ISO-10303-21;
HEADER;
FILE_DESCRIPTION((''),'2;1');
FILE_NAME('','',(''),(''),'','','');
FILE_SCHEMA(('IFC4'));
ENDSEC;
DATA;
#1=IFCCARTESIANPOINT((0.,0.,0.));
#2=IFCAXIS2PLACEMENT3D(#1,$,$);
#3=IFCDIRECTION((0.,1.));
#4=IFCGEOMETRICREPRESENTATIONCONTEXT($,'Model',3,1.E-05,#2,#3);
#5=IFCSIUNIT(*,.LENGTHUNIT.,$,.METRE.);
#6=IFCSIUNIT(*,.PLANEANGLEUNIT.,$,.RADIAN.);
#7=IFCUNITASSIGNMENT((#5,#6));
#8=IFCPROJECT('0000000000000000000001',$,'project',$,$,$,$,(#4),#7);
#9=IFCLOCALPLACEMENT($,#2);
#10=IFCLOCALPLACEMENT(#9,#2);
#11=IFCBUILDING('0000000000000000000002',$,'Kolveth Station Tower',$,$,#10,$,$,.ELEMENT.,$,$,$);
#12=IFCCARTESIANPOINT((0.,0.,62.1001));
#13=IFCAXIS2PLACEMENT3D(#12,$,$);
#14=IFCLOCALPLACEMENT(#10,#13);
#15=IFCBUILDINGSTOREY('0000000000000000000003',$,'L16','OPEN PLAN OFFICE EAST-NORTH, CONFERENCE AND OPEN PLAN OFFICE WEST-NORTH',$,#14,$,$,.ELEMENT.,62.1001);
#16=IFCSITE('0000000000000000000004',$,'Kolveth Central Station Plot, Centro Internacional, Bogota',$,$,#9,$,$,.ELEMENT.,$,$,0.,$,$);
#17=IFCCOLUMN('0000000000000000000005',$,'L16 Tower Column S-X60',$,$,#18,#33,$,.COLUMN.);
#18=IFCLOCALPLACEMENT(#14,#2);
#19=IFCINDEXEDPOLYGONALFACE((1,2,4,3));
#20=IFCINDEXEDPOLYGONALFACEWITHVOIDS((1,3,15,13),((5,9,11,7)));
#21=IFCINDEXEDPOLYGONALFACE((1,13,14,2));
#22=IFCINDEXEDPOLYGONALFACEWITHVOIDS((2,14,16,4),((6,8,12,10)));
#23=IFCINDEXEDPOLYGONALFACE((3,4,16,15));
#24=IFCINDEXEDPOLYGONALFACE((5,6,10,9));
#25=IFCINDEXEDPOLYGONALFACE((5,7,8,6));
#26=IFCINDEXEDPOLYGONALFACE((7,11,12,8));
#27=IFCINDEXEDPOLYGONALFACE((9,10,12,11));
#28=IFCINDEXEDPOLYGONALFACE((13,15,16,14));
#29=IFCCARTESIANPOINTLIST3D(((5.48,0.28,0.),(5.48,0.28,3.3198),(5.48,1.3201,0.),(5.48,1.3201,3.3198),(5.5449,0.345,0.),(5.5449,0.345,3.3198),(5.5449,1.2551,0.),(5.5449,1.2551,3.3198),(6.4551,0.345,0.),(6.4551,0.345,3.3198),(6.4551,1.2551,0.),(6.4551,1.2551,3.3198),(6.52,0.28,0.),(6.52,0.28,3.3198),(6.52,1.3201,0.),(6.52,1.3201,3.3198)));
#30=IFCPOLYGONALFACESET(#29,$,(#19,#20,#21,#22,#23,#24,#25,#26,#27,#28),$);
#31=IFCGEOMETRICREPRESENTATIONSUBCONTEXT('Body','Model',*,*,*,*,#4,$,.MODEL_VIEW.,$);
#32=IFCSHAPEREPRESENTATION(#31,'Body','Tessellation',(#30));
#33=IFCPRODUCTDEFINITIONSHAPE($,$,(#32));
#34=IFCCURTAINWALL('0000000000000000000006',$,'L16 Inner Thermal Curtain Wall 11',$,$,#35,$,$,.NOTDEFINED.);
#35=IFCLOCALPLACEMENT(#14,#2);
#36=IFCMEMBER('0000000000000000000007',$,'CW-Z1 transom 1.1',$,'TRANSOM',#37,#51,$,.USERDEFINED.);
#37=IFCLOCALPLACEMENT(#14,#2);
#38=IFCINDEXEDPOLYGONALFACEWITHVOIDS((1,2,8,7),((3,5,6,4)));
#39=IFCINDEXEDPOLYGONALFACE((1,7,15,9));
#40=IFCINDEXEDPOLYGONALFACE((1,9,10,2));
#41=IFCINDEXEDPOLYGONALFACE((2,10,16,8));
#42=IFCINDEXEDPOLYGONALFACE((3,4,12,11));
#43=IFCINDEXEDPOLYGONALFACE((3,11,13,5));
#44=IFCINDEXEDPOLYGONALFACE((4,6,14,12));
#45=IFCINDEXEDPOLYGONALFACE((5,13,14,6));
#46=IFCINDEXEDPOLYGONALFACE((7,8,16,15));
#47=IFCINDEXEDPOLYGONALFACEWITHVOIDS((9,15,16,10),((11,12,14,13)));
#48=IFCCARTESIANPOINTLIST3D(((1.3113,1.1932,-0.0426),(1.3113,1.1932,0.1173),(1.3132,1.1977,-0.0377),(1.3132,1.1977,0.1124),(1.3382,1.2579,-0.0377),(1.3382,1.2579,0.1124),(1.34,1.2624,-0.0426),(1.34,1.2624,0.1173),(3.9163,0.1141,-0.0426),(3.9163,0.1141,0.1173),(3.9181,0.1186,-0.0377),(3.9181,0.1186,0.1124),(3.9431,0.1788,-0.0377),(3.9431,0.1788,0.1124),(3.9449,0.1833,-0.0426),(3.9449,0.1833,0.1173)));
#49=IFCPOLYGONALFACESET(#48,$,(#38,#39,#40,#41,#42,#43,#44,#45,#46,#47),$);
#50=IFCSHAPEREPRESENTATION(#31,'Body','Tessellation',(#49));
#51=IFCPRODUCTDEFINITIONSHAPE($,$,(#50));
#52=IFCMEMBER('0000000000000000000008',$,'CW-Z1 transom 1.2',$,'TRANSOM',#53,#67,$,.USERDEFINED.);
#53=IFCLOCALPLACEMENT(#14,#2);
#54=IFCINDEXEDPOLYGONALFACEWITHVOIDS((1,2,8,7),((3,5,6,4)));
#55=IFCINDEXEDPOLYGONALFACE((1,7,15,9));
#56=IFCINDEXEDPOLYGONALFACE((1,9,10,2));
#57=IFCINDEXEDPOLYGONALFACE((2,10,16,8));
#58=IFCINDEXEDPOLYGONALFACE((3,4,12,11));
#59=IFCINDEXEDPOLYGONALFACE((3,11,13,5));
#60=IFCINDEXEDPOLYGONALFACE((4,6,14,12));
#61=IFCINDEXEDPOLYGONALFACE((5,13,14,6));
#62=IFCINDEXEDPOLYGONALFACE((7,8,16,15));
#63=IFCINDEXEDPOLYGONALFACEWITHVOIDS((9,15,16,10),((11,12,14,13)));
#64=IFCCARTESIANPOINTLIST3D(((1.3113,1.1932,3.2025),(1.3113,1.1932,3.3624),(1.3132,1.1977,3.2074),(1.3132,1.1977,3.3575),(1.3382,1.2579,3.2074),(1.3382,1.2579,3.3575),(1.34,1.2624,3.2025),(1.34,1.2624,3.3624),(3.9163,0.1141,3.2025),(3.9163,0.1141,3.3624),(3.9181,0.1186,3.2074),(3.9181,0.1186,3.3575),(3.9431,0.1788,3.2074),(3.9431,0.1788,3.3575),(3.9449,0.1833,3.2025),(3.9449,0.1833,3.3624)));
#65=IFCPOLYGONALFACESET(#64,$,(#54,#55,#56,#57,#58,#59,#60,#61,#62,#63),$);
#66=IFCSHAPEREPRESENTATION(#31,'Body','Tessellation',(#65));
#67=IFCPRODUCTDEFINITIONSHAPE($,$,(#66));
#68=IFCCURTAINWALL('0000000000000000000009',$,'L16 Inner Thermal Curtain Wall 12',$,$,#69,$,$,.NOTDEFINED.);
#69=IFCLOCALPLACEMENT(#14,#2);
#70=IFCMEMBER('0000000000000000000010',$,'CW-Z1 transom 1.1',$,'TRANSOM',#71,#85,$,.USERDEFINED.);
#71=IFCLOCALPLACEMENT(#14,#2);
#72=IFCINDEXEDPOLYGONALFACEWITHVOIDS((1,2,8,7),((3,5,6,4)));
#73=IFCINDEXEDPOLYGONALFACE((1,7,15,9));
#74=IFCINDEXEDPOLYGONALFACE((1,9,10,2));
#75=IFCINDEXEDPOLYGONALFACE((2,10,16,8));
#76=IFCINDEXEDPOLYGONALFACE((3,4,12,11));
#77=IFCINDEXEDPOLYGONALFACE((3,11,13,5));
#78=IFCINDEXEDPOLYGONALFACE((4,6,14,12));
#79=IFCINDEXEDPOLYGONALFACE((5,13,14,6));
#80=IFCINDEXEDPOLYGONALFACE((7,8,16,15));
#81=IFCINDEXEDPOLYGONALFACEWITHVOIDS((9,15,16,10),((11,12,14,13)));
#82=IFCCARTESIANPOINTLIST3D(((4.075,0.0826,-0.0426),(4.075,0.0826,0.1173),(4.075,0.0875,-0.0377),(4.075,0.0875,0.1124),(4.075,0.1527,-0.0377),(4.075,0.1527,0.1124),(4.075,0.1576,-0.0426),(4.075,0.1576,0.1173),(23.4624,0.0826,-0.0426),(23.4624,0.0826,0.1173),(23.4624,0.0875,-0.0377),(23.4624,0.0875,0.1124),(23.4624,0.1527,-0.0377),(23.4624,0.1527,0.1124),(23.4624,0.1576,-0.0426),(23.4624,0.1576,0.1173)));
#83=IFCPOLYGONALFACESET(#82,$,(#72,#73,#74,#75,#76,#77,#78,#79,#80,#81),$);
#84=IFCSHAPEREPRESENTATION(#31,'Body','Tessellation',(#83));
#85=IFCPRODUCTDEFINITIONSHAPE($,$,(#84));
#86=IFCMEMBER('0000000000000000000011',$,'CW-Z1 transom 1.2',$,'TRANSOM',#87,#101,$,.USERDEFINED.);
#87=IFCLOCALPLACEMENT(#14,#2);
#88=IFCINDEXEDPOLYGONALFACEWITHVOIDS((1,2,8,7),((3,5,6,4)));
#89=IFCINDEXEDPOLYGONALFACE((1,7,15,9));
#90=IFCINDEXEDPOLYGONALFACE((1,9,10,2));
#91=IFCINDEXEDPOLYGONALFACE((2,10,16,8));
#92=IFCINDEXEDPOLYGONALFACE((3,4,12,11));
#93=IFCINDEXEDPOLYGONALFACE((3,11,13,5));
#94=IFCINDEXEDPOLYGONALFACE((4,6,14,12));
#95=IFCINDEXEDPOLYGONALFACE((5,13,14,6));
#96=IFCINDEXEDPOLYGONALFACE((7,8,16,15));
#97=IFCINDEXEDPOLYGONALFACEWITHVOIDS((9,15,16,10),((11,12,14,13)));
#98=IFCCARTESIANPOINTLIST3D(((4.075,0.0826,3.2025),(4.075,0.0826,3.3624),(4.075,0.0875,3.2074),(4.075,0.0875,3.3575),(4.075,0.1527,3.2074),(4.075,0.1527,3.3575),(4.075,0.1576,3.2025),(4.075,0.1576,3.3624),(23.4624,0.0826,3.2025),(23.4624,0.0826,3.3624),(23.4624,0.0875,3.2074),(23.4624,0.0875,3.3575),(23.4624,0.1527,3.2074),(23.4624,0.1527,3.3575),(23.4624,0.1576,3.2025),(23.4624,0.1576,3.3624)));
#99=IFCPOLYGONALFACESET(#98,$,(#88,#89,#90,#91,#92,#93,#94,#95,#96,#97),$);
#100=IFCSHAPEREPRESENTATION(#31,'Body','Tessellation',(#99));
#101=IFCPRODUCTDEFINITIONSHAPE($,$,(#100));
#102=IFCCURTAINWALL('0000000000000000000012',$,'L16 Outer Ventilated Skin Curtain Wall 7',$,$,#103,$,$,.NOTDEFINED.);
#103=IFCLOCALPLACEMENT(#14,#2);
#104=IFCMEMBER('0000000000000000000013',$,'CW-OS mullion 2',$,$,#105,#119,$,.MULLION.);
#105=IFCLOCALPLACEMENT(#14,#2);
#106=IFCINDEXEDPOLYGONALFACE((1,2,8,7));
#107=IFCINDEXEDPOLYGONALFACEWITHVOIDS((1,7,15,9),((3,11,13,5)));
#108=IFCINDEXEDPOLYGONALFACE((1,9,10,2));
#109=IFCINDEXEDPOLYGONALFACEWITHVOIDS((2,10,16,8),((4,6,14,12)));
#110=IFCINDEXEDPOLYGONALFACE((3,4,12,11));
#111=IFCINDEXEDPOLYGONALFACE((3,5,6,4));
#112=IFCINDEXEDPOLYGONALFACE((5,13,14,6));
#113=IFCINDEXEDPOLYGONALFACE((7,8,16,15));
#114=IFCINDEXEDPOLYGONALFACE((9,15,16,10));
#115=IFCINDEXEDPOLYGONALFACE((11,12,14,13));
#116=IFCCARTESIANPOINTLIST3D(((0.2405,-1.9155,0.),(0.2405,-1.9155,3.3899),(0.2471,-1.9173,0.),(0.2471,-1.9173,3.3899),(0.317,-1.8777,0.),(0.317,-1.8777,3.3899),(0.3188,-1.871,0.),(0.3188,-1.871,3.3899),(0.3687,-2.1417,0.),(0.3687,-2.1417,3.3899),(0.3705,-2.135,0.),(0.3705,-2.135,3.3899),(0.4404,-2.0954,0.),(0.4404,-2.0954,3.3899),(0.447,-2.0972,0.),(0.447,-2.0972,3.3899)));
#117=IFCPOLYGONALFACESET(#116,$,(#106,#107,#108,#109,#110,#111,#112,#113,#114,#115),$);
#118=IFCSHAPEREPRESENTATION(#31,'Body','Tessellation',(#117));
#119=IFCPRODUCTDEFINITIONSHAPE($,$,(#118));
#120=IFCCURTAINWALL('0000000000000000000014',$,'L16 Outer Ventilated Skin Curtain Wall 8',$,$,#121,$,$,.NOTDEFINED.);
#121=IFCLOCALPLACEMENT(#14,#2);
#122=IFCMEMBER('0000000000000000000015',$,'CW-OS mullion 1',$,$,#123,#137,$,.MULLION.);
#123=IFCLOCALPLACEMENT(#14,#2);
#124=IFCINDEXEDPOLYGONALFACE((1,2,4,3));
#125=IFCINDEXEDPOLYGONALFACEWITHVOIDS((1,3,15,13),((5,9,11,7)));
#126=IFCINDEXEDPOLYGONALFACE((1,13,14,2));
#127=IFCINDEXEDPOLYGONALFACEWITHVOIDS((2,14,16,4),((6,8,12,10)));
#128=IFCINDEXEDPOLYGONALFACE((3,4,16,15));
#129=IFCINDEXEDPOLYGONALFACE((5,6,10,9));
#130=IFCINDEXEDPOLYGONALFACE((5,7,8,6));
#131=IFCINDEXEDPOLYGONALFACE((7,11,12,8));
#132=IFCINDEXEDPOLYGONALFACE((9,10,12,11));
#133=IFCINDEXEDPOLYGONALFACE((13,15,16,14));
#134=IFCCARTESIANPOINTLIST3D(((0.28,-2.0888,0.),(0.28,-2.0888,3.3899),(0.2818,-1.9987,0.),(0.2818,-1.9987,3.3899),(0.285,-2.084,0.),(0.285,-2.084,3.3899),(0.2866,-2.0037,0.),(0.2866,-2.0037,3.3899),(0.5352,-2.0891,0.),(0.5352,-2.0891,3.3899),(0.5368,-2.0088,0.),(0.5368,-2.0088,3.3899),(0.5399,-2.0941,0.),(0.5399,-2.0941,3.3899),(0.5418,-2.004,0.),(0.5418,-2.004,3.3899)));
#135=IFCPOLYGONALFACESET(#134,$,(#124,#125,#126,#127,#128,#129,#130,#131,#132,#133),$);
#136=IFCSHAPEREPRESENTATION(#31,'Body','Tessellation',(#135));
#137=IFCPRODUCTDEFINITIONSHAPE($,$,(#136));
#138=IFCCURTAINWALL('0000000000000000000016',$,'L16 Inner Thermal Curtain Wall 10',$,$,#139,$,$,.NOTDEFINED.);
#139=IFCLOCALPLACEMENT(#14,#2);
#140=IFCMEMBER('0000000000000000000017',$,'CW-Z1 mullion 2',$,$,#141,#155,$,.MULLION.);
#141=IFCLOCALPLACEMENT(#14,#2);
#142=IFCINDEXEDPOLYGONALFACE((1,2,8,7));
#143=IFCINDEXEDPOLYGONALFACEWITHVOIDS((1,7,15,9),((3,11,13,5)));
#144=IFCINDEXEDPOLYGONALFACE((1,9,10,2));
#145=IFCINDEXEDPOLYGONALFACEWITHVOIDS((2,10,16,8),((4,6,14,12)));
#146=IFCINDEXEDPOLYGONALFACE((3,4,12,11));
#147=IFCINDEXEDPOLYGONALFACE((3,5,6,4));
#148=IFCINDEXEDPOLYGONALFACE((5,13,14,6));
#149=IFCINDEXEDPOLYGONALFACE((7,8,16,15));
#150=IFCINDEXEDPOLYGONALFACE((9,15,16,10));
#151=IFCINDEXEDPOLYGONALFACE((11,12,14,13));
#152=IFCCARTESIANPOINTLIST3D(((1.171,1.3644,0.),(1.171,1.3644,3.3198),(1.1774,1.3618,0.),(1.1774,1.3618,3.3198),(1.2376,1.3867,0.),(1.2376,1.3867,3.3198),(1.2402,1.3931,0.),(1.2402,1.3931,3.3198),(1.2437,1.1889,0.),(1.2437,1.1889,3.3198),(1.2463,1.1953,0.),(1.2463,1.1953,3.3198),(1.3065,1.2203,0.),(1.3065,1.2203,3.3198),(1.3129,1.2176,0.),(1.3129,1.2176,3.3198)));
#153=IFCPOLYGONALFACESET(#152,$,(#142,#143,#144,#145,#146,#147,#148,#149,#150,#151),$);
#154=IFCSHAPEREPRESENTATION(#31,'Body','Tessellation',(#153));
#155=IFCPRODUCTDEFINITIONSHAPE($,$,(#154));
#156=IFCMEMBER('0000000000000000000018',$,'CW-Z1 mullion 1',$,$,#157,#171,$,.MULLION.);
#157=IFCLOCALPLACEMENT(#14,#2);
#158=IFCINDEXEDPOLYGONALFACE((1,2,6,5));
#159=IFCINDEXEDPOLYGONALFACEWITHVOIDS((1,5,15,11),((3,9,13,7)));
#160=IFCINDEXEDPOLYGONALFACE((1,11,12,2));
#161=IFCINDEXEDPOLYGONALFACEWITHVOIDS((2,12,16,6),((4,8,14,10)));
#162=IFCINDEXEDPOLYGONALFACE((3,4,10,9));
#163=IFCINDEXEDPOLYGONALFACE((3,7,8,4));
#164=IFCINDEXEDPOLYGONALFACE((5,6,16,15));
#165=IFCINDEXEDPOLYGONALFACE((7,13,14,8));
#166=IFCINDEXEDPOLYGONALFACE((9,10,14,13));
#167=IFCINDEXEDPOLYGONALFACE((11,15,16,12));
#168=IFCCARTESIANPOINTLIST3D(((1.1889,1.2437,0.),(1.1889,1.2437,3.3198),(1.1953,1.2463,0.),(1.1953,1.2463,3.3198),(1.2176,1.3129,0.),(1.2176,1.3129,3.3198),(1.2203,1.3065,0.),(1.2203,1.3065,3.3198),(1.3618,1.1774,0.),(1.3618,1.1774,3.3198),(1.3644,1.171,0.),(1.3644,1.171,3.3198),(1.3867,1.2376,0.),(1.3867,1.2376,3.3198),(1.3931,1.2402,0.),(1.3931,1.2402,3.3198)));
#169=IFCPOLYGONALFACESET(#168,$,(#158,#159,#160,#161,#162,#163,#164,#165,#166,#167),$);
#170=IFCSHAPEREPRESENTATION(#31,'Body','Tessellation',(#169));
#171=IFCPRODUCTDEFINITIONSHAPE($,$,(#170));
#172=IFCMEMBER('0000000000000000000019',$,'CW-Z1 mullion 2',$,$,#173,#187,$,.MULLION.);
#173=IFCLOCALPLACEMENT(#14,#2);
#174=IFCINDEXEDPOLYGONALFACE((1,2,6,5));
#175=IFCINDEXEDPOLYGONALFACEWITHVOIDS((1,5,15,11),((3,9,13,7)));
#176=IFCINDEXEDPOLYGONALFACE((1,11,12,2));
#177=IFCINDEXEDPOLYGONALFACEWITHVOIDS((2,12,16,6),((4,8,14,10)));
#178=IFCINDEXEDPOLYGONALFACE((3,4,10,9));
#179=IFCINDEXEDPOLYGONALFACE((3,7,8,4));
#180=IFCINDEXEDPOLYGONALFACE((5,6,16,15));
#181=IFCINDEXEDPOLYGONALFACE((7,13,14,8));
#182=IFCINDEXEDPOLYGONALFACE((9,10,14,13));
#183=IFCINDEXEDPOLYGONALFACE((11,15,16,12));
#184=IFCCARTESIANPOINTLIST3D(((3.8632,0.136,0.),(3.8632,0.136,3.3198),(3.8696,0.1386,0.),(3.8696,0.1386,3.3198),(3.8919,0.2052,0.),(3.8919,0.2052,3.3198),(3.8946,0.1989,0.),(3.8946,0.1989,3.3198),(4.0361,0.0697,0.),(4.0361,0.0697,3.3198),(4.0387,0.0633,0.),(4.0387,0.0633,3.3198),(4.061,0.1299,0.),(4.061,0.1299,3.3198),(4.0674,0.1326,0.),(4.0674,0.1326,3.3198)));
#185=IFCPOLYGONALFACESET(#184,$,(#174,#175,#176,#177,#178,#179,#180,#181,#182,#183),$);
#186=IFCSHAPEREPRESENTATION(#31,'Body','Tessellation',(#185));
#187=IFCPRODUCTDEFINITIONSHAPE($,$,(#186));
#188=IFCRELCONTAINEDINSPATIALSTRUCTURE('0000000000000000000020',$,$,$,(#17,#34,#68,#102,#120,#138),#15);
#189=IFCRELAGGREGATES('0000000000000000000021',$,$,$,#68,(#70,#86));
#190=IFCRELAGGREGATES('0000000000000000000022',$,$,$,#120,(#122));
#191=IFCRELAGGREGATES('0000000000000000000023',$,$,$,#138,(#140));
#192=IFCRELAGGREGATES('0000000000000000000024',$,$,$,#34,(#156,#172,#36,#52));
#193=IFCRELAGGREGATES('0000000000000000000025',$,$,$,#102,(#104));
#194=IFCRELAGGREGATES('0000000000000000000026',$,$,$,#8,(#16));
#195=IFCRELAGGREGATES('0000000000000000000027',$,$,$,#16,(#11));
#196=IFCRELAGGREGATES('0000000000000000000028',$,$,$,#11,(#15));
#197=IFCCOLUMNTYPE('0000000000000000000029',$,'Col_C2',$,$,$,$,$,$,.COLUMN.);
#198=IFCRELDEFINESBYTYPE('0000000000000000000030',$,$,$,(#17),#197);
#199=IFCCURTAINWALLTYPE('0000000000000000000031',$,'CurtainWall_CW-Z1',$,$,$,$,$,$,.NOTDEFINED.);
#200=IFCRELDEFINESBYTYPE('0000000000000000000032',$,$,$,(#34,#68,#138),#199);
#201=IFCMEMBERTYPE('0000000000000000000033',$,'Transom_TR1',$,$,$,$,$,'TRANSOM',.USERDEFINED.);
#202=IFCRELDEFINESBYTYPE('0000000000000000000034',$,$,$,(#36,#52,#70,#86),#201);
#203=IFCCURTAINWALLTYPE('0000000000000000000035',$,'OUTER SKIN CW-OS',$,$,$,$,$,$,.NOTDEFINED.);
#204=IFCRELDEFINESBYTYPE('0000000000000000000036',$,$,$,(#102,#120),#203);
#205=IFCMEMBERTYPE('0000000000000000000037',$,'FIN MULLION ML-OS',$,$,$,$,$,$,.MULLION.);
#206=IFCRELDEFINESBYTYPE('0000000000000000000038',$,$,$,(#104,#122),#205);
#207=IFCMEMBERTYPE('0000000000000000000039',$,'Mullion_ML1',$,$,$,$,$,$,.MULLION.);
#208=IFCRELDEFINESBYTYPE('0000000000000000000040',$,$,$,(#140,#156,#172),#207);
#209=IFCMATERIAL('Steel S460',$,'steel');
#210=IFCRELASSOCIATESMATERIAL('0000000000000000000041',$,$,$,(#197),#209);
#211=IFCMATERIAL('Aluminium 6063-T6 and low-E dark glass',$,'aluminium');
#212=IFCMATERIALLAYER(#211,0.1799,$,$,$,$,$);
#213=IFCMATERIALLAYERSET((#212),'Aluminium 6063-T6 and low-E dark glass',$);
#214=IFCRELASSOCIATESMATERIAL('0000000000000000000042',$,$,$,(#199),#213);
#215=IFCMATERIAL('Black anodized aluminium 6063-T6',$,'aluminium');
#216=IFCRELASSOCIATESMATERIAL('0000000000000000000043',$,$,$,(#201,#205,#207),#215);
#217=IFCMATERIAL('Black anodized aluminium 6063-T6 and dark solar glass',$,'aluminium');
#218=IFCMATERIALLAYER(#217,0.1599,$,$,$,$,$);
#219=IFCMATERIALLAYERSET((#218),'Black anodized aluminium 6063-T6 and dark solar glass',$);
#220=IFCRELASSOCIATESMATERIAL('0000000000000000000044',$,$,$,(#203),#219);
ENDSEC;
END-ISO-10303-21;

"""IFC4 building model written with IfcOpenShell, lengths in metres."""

from ifc_helpers import new_model, si_unit, direction, frame, origin, origin_2d, place, context, subcontext, project, spatial, hollow_rectangle, extrude, source, transform, mapped, material, layer, layer_set, material_profile, profile_set, type_object, element, aggregate, save


model = new_model("IFC4")

# Units and contexts
model_context = context("Model", 3, precision=1e-05, world=origin(), true_north=direction((0.0, 1.0)))
body_context = subcontext(model_context, "Body", "Model", "MODEL_VIEW")
ifc_project = project(units=[si_unit("LENGTHUNIT", "METRE"), si_unit("PLANEANGLEUNIT", "RADIAN")], contexts=[model_context])

# Site, building, storey
site_placement = place(None, origin())
site = spatial("IfcSite", under=ifc_project, at=site_placement, Name="Kolveth Central Station Plot, Centro Internacional, Bogota", CompositionType="ELEMENT", RefElevation=0.0)
building_placement = place(site_placement, origin())
building = spatial("IfcBuilding", under=site, at=building_placement, Name="Kolveth Station Tower", CompositionType="ELEMENT")
storey_placement = place(building_placement, frame((0.0, 0.0, 62.1001)))
storey = spatial("IfcBuildingStorey", under=building, at=storey_placement, Name="L16", Description="OPEN PLAN OFFICE EAST-NORTH, CONFERENCE AND OPEN PLAN OFFICE WEST-NORTH", CompositionType="ELEMENT", Elevation=62.1001)

# Column
ifc_material_1 = material(Name="Steel S460", Category="steel")
ifc_material_profile_1 = material_profile(ifc_material_1, hollow_rectangle(XDim=1.04, YDim=1.04, WallThickness=0.0649, at=origin_2d()), Name="BOX1040x1040x65")
ifc_profile_set_1 = profile_set([ifc_material_profile_1], Name="Steel S460")
column_type = type_object("IfcColumnType", Name="Col_C2", PredefinedType="COLUMN", material=ifc_profile_set_1)
shared_shape_1 = source(origin(), body_context, "Body", "SweptSolid", [
    extrude(hollow_rectangle(XDim=1.04, YDim=1.04, WallThickness=0.0649, at=origin_2d()), origin(), (0.0, 0.0, 1.0), 3.3198),
])
column_placement = place(storey_placement, frame((6.0, 0.8, 0.0), z_axis=(0.0, 0.0, 1.0), x_axis=(1.0, 0.0, 0.0)))
element("IfcColumn", 1, at=column_placement, inside=storey, type_object=column_type, Name="L16 Tower Column S-X60", PredefinedType="COLUMN", context=body_context, shape_type="MappedRepresentation", body=[
    mapped(shared_shape_1, transform((0.0, 0.0, 0.0), x_axis=(1.0, 0.0, 0.0), y_axis=(0.0, 1.0, 0.0), z_axis=(0.0, 0.0, 1.0), scale=1.0)),
])

# Curtain walls, members
ifc_material_2 = material(Name="Aluminium 6063-T6 and low-E dark glass", Category="aluminium")
ifc_layer_1 = layer(ifc_material_2, 0.1799)
ifc_layer_set_1 = layer_set([ifc_layer_1], Name="Aluminium 6063-T6 and low-E dark glass")
curtain_wall_type_1 = type_object("IfcCurtainWallType", Name="CurtainWall_CW-Z1", PredefinedType="NOTDEFINED", material=ifc_layer_set_1)
curtain_wall_1_placement = place(storey_placement, origin())
curtain_wall_1 = element("IfcCurtainWall", 2, at=curtain_wall_1_placement, inside=storey, type_object=curtain_wall_type_1, Name="L16 Inner Thermal Curtain Wall 11", PredefinedType="NOTDEFINED")
ifc_material_3 = material(Name="Black anodized aluminium 6063-T6", Category="aluminium")
ifc_material_profile_2 = material_profile(ifc_material_3, hollow_rectangle(XDim=0.075, YDim=0.1599, WallThickness=0.0049, at=origin_2d()), Name="ALU-75x160x5")
ifc_profile_set_2 = profile_set([ifc_material_profile_2], Name="Black anodized aluminium 6063-T6")
member_type_1 = type_object("IfcMemberType", Name="Transom_TR1", ElementType="TRANSOM", PredefinedType="USERDEFINED", material=ifc_profile_set_2)
shared_shape_2 = source(origin(), body_context, "Body", "SweptSolid", [
    extrude(hollow_rectangle(XDim=0.075, YDim=0.1599, WallThickness=0.0049, at=origin_2d()), origin(), (0.0, 0.0, 1.0), 2.8196),
])
member_1_placement = place(storey_placement, frame((1.3257, 1.2278, 0.0374), z_axis=(0.923869, -0.382709, 0.0), x_axis=(0.382709, 0.923869, 0.0)))
member_1 = element("IfcMember", 3, at=member_1_placement, type_object=member_type_1, Name="CW-Z1 transom 1.1", ObjectType="TRANSOM", PredefinedType="USERDEFINED", context=body_context, shape_type="MappedRepresentation", body=[
    mapped(shared_shape_2, transform((0.0, 0.0, 0.0), x_axis=(1.0, 0.0, 0.0), y_axis=(0.0, 1.0, 0.0), z_axis=(0.0, 0.0, 1.0), scale=1.0)),
])
member_2_placement = place(storey_placement, frame((1.3257, 1.2278, 3.2825), z_axis=(0.923869, -0.382709, 0.0), x_axis=(0.382709, 0.923869, 0.0)))
member_2 = element("IfcMember", 4, at=member_2_placement, type_object=member_type_1, Name="CW-Z1 transom 1.2", ObjectType="TRANSOM", PredefinedType="USERDEFINED", context=body_context, shape_type="MappedRepresentation", body=[
    mapped(shared_shape_2, transform((0.0, 0.0, 0.0), x_axis=(1.0, 0.0, 0.0), y_axis=(0.0, 1.0, 0.0), z_axis=(0.0, 0.0, 1.0), scale=1.0)),
])
curtain_wall_2_placement = place(storey_placement, origin())
curtain_wall_2 = element("IfcCurtainWall", 5, at=curtain_wall_2_placement, inside=storey, type_object=curtain_wall_type_1, Name="L16 Inner Thermal Curtain Wall 12", PredefinedType="NOTDEFINED")
shared_shape_3 = source(origin(), body_context, "Body", "SweptSolid", [
    extrude(hollow_rectangle(XDim=0.075, YDim=0.1599, WallThickness=0.0049, at=origin_2d()), origin(), (0.0, 0.0, 1.0), 19.3875),
])
member_3_placement = place(storey_placement, frame((4.075, 0.1201, 0.0374), z_axis=(1.0, 0.0, 0.0), x_axis=(0.0, 1.0, 0.0)))
member_3 = element("IfcMember", 6, at=member_3_placement, type_object=member_type_1, Name="CW-Z1 transom 1.1", ObjectType="TRANSOM", PredefinedType="USERDEFINED", context=body_context, shape_type="MappedRepresentation", body=[
    mapped(shared_shape_3, transform((0.0, 0.0, 0.0), x_axis=(1.0, 0.0, 0.0), y_axis=(0.0, 1.0, 0.0), z_axis=(0.0, 0.0, 1.0), scale=1.0)),
])
member_4_placement = place(storey_placement, frame((4.075, 0.1201, 3.2825), z_axis=(1.0, 0.0, 0.0), x_axis=(0.0, 1.0, 0.0)))
member_4 = element("IfcMember", 7, at=member_4_placement, type_object=member_type_1, Name="CW-Z1 transom 1.2", ObjectType="TRANSOM", PredefinedType="USERDEFINED", context=body_context, shape_type="MappedRepresentation", body=[
    mapped(shared_shape_3, transform((0.0, 0.0, 0.0), x_axis=(1.0, 0.0, 0.0), y_axis=(0.0, 1.0, 0.0), z_axis=(0.0, 0.0, 1.0), scale=1.0)),
])

# Curtain walls, members
ifc_material_4 = material(Name="Black anodized aluminium 6063-T6 and dark solar glass", Category="aluminium")
ifc_layer_2 = layer(ifc_material_4, 0.1599)
ifc_layer_set_2 = layer_set([ifc_layer_2], Name="Black anodized aluminium 6063-T6 and dark solar glass")
curtain_wall_type_2 = type_object("IfcCurtainWallType", Name="OUTER SKIN CW-OS", PredefinedType="NOTDEFINED", material=ifc_layer_set_2)
curtain_wall_3_placement = place(storey_placement, origin())
curtain_wall_3 = element("IfcCurtainWall", 8, at=curtain_wall_3_placement, inside=storey, type_object=curtain_wall_type_2, Name="L16 Outer Ventilated Skin Curtain Wall 7", PredefinedType="NOTDEFINED")
ifc_material_profile_3 = material_profile(ifc_material_3, hollow_rectangle(XDim=0.0901, YDim=0.26, WallThickness=0.0049, at=origin_2d()), Name="ALU-90x260x5")
ifc_profile_set_3 = profile_set([ifc_material_profile_3], Name="Black anodized aluminium 6063-T6")
member_type_2 = type_object("IfcMemberType", Name="FIN MULLION ML-OS", PredefinedType="MULLION", material=ifc_profile_set_3)
shared_shape_4 = source(origin(), body_context, "Body", "SweptSolid", [
    extrude(hollow_rectangle(XDim=0.0901, YDim=0.26, WallThickness=0.0049, at=origin_2d()), origin(), (0.0, 0.0, 1.0), 3.3899),
])
member_5_placement = place(storey_placement, frame((0.3438, -2.0063, 0.0), z_axis=(0.0, 0.0, 1.0), x_axis=(0.87, 0.493051, 0.0)))
member_5 = element("IfcMember", 9, at=member_5_placement, type_object=member_type_2, Name="CW-OS mullion 2", PredefinedType="MULLION", context=body_context, shape_type="MappedRepresentation", body=[
    mapped(shared_shape_4, transform((0.0, 0.0, 0.0), x_axis=(1.0, 0.0, 0.0), y_axis=(0.0, 1.0, 0.0), z_axis=(0.0, 0.0, 1.0), scale=1.0)),
])
curtain_wall_4_placement = place(storey_placement, origin())
curtain_wall_4 = element("IfcCurtainWall", 10, at=curtain_wall_4_placement, inside=storey, type_object=curtain_wall_type_2, Name="L16 Outer Ventilated Skin Curtain Wall 8", PredefinedType="NOTDEFINED")
member_6_placement = place(storey_placement, frame((0.4109, -2.0464, 0.0), z_axis=(0.0, 0.0, 1.0), x_axis=(0.020354, 0.999793, 0.0)))
member_6 = element("IfcMember", 11, at=member_6_placement, type_object=member_type_2, Name="CW-OS mullion 1", PredefinedType="MULLION", context=body_context, shape_type="MappedRepresentation", body=[
    mapped(shared_shape_4, transform((0.0, 0.0, 0.0), x_axis=(1.0, 0.0, 0.0), y_axis=(0.0, 1.0, 0.0), z_axis=(0.0, 0.0, 1.0), scale=1.0)),
])
curtain_wall_5_placement = place(storey_placement, origin())
curtain_wall_5 = element("IfcCurtainWall", 12, at=curtain_wall_5_placement, inside=storey, type_object=curtain_wall_type_1, Name="L16 Inner Thermal Curtain Wall 10", PredefinedType="NOTDEFINED")
ifc_material_profile_4 = material_profile(ifc_material_3, hollow_rectangle(XDim=0.075, YDim=0.1899, WallThickness=0.0049, at=origin_2d()), Name="ALU-75x190x5")
ifc_profile_set_4 = profile_set([ifc_material_profile_4], Name="Black anodized aluminium 6063-T6")
member_type_3 = type_object("IfcMemberType", Name="Mullion_ML1", PredefinedType="MULLION", material=ifc_profile_set_4)
shared_shape_5 = source(origin(), body_context, "Body", "SweptSolid", [
    extrude(hollow_rectangle(XDim=0.075, YDim=0.1899, WallThickness=0.0049, at=origin_2d()), origin(), (0.0, 0.0, 1.0), 3.3198),
])
member_7_placement = place(storey_placement, frame((1.2419, 1.291, 0.0), z_axis=(0.0, 0.0, 1.0), x_axis=(0.923884, 0.382673, 0.0)))
member_7 = element("IfcMember", 13, at=member_7_placement, type_object=member_type_3, Name="CW-Z1 mullion 2", PredefinedType="MULLION", context=body_context, shape_type="MappedRepresentation", body=[
    mapped(shared_shape_5, transform((0.0, 0.0, 0.0), x_axis=(1.0, 0.0, 0.0), y_axis=(0.0, 1.0, 0.0), z_axis=(0.0, 0.0, 1.0), scale=1.0)),
])

# Members
member_8_placement = place(storey_placement, frame((1.291, 1.2419, 0.0), z_axis=(0.0, 0.0, 1.0), x_axis=(0.382673, 0.923884, 0.0)))
member_8 = element("IfcMember", 14, at=member_8_placement, type_object=member_type_3, Name="CW-Z1 mullion 1", PredefinedType="MULLION", context=body_context, shape_type="MappedRepresentation", body=[
    mapped(shared_shape_5, transform((0.0, 0.0, 0.0), x_axis=(1.0, 0.0, 0.0), y_axis=(0.0, 1.0, 0.0), z_axis=(0.0, 0.0, 1.0), scale=1.0)),
])
member_9_placement = place(storey_placement, frame((3.9653, 0.1343, 0.0), z_axis=(0.0, 0.0, 1.0), x_axis=(0.382673, 0.923884, 0.0)))
member_9 = element("IfcMember", 15, at=member_9_placement, type_object=member_type_3, Name="CW-Z1 mullion 2", PredefinedType="MULLION", context=body_context, shape_type="MappedRepresentation", body=[
    mapped(shared_shape_5, transform((0.0, 0.0, 0.0), x_axis=(1.0, 0.0, 0.0), y_axis=(0.0, 1.0, 0.0), z_axis=(0.0, 0.0, 1.0), scale=1.0)),
])
aggregate(curtain_wall_2, [member_3, member_4])
aggregate(curtain_wall_4, [member_6])

aggregate(curtain_wall_5, [member_7])
aggregate(curtain_wall_1, [member_8, member_9, member_1, member_2])
aggregate(curtain_wall_3, [member_5])

save(model, "model.ifc")
